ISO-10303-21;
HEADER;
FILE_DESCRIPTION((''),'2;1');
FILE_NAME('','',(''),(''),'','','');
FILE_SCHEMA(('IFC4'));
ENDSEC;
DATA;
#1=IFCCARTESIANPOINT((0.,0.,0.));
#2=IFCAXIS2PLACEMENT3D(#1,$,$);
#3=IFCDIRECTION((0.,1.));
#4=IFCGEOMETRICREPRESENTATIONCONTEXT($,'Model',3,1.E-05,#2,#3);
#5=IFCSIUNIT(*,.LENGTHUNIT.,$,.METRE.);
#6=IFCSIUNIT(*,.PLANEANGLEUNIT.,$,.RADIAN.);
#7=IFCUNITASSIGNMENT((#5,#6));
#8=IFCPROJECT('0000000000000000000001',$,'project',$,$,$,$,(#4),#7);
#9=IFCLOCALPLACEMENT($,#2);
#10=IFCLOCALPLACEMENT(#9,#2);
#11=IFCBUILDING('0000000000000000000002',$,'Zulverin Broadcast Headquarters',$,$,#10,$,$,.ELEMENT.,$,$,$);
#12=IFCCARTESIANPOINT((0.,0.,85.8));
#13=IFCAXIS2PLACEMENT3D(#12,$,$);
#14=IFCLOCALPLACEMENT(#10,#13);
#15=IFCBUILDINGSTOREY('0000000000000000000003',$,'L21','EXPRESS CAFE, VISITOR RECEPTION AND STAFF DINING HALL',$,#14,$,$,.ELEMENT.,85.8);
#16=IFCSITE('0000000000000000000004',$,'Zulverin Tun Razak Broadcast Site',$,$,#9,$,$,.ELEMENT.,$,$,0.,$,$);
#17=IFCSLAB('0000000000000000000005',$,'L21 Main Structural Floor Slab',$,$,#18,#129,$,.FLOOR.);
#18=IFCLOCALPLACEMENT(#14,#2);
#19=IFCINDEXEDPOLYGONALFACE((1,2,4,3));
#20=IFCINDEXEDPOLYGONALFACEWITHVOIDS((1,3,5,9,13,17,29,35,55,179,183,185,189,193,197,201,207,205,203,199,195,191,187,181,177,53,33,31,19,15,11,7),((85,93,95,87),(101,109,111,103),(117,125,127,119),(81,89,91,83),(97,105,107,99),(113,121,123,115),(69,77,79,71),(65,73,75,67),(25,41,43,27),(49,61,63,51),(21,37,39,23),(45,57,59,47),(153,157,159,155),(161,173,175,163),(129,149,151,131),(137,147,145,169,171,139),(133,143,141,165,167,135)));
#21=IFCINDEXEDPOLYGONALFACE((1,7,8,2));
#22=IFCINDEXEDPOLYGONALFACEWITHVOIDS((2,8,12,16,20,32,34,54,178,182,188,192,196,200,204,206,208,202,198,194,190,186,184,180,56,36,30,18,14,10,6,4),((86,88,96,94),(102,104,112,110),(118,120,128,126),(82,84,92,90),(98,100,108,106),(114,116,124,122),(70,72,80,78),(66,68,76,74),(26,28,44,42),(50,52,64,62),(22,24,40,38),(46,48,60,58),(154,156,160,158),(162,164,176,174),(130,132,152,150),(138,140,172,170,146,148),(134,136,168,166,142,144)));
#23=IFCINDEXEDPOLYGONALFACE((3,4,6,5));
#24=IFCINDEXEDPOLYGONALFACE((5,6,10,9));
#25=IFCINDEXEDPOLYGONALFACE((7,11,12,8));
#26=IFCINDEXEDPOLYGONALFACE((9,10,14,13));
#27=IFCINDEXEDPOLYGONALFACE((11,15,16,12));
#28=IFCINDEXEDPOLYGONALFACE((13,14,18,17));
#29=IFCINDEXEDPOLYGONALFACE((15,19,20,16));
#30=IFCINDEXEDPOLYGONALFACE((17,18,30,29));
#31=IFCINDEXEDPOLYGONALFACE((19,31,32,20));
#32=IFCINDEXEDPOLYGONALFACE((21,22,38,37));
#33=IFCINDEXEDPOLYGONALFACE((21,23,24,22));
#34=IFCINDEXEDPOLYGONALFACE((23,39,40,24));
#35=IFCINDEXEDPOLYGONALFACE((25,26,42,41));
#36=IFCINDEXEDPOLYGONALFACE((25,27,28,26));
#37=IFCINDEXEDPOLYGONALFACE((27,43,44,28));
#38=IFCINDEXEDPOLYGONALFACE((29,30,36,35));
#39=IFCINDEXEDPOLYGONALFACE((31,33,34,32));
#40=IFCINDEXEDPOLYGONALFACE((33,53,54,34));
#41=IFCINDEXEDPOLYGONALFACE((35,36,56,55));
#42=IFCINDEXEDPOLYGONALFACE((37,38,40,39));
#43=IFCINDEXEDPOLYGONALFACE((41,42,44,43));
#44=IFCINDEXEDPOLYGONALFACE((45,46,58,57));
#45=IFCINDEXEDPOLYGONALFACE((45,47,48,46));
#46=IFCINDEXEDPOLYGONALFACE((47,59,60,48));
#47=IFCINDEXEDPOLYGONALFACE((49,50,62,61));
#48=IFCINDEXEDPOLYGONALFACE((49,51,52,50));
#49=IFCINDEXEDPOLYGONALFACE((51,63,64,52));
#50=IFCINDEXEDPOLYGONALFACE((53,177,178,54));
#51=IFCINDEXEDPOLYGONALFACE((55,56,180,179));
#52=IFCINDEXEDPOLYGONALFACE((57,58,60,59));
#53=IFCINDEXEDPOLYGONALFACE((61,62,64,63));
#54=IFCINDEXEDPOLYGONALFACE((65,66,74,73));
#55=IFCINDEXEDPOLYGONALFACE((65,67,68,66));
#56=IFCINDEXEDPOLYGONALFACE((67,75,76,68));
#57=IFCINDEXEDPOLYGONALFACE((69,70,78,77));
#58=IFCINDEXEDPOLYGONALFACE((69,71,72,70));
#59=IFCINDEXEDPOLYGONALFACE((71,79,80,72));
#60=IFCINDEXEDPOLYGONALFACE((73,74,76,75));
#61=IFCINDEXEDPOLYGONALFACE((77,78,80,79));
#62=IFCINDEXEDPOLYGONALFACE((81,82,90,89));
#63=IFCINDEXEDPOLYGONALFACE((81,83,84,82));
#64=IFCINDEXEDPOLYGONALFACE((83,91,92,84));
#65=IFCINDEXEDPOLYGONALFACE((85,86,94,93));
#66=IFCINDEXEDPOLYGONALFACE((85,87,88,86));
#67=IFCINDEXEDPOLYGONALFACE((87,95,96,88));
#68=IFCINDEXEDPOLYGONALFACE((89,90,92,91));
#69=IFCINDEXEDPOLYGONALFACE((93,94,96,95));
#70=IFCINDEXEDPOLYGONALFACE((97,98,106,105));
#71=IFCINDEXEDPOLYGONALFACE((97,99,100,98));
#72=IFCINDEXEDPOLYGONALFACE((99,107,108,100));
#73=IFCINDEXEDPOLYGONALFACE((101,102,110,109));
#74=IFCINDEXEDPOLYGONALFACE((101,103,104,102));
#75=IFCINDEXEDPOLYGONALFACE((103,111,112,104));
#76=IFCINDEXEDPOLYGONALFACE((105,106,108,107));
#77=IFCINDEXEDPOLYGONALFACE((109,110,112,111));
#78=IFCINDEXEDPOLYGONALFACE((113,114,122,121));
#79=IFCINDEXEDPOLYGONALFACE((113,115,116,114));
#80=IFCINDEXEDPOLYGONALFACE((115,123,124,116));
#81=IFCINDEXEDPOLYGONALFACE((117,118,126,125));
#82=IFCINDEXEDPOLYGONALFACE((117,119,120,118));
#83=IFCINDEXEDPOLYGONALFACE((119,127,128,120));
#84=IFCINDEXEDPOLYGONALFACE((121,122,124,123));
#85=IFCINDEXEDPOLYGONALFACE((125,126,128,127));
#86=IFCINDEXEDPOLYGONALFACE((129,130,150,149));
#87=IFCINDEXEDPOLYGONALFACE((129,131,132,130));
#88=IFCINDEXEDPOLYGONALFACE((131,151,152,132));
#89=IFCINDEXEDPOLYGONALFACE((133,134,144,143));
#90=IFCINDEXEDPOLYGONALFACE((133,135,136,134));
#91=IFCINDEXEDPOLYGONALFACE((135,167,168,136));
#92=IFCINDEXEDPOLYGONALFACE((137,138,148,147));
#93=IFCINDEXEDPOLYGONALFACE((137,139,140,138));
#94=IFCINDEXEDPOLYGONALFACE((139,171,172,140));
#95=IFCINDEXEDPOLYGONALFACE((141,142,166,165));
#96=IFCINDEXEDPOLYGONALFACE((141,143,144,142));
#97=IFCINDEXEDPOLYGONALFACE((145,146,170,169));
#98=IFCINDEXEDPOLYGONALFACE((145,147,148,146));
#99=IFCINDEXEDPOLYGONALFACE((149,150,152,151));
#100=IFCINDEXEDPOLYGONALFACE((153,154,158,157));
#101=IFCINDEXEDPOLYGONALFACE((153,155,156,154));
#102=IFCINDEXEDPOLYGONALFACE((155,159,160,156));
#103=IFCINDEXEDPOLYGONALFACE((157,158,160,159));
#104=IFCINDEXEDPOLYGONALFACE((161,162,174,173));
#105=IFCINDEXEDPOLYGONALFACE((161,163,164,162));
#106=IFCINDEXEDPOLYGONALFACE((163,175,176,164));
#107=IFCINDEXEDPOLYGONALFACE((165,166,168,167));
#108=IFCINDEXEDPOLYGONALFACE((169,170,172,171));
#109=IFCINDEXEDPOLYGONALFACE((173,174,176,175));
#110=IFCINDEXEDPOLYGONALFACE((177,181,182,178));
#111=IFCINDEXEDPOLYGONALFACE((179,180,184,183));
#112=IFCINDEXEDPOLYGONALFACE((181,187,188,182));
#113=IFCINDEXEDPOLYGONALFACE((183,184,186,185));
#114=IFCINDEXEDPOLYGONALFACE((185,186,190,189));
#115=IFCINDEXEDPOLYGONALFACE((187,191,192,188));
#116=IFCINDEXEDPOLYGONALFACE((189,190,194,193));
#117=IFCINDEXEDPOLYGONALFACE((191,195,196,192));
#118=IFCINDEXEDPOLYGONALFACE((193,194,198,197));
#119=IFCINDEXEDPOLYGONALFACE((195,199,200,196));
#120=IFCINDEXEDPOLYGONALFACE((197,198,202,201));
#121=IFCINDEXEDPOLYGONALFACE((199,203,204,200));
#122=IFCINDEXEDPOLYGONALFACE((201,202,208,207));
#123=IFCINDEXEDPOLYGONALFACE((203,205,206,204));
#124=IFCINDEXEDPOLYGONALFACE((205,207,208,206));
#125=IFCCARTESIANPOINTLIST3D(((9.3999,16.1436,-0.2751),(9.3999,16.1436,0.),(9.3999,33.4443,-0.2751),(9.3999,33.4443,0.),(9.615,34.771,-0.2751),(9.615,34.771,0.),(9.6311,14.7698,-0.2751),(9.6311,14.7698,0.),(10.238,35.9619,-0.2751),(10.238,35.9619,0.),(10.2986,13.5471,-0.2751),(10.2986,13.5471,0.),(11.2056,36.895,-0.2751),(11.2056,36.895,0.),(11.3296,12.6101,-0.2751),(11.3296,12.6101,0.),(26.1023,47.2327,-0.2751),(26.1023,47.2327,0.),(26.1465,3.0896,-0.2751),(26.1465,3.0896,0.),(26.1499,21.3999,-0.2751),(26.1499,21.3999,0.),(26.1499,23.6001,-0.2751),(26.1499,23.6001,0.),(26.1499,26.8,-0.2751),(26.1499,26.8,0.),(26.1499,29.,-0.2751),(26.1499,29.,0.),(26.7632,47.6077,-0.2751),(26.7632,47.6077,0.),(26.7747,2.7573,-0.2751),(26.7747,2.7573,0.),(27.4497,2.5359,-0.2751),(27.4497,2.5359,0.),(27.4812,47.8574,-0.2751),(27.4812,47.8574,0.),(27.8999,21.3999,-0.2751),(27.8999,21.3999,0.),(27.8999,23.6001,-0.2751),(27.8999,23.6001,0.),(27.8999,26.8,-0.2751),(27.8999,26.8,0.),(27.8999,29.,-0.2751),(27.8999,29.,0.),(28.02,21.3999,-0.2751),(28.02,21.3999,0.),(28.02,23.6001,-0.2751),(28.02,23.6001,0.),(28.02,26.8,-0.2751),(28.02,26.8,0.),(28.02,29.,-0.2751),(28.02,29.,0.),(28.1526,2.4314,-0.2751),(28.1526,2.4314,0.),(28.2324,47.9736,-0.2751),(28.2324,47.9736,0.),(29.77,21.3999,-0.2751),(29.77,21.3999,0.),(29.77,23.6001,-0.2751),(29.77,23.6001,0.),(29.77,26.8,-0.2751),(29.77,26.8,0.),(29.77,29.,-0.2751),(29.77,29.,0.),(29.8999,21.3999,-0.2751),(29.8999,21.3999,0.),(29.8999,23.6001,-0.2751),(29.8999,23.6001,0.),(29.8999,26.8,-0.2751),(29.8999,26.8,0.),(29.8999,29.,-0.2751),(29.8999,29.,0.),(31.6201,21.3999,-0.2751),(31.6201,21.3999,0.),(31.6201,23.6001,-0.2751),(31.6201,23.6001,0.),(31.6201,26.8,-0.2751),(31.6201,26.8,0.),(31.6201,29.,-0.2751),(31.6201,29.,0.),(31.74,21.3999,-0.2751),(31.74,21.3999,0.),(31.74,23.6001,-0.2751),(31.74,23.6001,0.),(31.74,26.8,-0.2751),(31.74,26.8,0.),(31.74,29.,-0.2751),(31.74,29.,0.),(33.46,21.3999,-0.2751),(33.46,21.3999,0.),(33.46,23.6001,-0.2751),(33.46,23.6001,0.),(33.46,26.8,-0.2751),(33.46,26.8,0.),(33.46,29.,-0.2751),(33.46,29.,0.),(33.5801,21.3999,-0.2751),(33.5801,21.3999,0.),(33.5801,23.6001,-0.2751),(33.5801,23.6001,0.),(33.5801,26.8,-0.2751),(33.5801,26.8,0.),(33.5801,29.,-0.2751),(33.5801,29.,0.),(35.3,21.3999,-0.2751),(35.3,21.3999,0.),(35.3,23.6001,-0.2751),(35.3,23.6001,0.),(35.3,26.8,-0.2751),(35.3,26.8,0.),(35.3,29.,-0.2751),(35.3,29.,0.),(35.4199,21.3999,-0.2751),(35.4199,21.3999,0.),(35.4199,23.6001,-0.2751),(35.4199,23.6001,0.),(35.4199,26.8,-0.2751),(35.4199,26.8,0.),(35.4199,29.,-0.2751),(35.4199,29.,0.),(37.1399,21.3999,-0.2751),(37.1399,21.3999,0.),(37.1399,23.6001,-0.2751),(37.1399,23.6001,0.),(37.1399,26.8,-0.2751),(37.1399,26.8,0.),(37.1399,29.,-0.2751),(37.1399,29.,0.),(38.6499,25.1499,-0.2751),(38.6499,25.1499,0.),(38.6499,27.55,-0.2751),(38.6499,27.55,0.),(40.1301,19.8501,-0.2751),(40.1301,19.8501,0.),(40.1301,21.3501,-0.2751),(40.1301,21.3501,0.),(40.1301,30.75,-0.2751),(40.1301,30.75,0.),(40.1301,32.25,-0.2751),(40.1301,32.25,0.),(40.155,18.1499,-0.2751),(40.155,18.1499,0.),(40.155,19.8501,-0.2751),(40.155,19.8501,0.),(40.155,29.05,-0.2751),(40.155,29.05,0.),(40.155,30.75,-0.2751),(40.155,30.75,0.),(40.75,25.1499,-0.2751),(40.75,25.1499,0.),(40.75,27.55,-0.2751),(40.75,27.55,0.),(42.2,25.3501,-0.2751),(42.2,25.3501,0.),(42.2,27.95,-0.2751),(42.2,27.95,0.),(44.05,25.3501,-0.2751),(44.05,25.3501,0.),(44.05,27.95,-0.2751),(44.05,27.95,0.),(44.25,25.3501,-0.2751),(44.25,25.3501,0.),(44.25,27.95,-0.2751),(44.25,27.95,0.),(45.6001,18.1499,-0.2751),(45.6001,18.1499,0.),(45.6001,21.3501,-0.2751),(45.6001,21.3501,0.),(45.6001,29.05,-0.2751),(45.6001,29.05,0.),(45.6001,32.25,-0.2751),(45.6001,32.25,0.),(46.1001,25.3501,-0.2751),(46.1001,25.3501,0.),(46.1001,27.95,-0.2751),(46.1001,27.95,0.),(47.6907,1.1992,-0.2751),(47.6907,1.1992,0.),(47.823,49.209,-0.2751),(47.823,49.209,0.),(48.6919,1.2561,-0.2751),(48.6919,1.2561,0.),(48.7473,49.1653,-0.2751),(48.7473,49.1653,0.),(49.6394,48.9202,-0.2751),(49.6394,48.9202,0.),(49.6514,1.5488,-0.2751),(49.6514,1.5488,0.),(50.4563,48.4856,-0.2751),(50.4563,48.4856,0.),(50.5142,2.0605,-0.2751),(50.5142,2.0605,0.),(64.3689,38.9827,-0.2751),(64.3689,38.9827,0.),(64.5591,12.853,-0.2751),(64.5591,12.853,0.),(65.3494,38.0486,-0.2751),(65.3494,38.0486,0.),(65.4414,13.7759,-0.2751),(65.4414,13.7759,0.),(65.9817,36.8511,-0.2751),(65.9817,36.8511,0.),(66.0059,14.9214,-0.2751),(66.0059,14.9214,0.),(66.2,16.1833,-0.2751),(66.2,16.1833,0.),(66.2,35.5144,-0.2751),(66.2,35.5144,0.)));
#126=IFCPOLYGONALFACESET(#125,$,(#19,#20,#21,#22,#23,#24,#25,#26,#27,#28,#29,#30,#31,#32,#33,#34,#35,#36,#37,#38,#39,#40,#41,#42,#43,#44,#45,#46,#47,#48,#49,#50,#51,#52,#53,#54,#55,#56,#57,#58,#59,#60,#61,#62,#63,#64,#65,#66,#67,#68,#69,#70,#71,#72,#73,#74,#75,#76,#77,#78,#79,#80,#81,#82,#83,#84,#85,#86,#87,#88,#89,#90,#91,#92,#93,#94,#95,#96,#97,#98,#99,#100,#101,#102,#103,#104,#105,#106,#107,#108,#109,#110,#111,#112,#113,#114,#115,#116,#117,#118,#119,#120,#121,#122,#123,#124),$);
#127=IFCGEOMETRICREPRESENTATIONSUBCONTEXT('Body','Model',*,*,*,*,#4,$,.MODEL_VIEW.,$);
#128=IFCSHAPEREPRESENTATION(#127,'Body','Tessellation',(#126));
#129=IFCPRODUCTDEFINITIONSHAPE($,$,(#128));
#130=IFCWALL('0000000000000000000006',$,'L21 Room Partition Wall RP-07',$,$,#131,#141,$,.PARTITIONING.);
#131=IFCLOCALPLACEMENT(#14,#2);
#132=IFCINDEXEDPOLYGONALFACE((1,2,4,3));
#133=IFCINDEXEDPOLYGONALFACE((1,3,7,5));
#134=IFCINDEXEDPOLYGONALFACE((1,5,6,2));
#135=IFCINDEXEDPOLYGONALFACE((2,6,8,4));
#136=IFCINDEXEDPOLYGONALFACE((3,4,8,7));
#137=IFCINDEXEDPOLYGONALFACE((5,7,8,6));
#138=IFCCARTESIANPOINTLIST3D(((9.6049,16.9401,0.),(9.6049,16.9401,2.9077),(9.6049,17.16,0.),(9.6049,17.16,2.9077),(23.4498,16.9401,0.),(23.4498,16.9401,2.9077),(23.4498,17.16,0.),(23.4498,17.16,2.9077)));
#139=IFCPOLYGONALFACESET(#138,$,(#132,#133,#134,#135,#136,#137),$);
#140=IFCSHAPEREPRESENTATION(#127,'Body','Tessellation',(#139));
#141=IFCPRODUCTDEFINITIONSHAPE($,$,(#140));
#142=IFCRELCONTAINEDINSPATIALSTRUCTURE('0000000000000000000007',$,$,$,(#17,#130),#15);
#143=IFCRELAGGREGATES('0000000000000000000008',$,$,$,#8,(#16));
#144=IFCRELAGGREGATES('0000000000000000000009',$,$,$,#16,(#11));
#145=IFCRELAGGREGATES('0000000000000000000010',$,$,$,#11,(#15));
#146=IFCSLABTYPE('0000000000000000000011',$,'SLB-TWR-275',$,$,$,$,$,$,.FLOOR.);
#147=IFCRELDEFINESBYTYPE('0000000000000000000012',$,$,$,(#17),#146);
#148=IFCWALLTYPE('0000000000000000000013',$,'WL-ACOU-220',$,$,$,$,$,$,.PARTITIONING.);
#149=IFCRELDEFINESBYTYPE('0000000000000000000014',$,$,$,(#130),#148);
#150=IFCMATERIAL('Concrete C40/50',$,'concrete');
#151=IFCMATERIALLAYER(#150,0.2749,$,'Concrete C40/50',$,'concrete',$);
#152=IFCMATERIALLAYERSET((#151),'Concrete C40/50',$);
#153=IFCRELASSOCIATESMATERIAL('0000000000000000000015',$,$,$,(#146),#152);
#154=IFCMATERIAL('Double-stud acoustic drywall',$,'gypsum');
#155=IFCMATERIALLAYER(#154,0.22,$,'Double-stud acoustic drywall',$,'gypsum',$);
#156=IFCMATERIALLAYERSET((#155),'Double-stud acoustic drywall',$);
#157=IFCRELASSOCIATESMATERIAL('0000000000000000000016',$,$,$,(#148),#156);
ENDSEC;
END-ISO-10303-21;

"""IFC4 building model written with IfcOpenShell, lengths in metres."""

from ifc_helpers import new_model, si_unit, direction, frame, frame_2d, origin, place, context, subcontext, project, spatial, polyline, rectangle, outline, extrude, material, layer, layer_set, type_object, element, save


model = new_model("IFC4")

# Units and contexts
model_context = context("Model", 3, precision=1e-05, world=origin(), true_north=direction((0.0, 1.0)))
body_context = subcontext(model_context, "Body", "Model", "MODEL_VIEW")
ifc_project = project(units=[si_unit("LENGTHUNIT", "METRE"), si_unit("PLANEANGLEUNIT", "RADIAN")], contexts=[model_context])

# Site, building, storey
site_placement = place(None, origin())
site = spatial("IfcSite", under=ifc_project, at=site_placement, Name="Zulverin Tun Razak Broadcast Site", CompositionType="ELEMENT", RefElevation=0.0)
building_placement = place(site_placement, origin())
building = spatial("IfcBuilding", under=site, at=building_placement, Name="Zulverin Broadcast Headquarters", CompositionType="ELEMENT")
storey_placement = place(building_placement, frame((0.0, 0.0, 85.8)))
storey = spatial("IfcBuildingStorey", under=building, at=storey_placement, Name="L21", Description="EXPRESS CAFE, VISITOR RECEPTION AND STAFF DINING HALL", CompositionType="ELEMENT", Elevation=85.8)

# Shared definitions
ifc_material_1 = material(Name="Concrete C40/50", Category="concrete")

# Slab
ifc_layer_1 = layer(ifc_material_1, 0.2749, Name="Concrete C40/50", Category="concrete")
ifc_layer_set_1 = layer_set([ifc_layer_1], Name="Concrete C40/50")
slab_type_1 = type_object("IfcSlabType", Name="SLB-TWR-275", PredefinedType="FLOOR", material=ifc_layer_set_1)
slab_1_placement = place(storey_placement, frame((0.0, 0.0, -0.2751)))
element("IfcSlab", 1, at=slab_1_placement, inside=storey, type_object=slab_type_1, Name="L21 Main Structural Floor Slab", PredefinedType="FLOOR", context=body_context, shape_type="SweptSolid", body=[
    extrude(outline(polyline([(26.1465, 3.0896), (26.7747, 2.7573), (27.4497, 2.5359), (28.1526, 2.4314), (47.6907, 1.1992), (48.6919, 1.2561), (49.6514, 1.5488), (50.5142, 2.0605), (64.5591, 12.853), (65.4414, 13.7759), (66.0059, 14.9214), (66.2, 16.1833), (66.2, 35.5144), (65.9817, 36.8511), (65.3494, 38.0486), (64.3689, 38.9827), (50.4563, 48.4856), (49.6394, 48.9202), (48.7473, 49.1653), (47.823, 49.209), (28.2324, 47.9736), (27.4812, 47.8574), (26.7632, 47.6077), (26.1023, 47.2327), (11.2056, 36.895), (10.238, 35.9619), (9.615, 34.771), (9.3999, 33.4443), (9.3999, 16.1436), (9.6311, 14.7698), (10.2986, 13.5471), (11.3296, 12.6101), (26.1465, 3.0896)]), holes=[polyline([(40.155, 30.75), (40.1301, 30.75), (40.1301, 32.25), (45.6001, 32.25), (45.6001, 29.05), (40.155, 29.05), (40.155, 30.75)]), polyline([(40.155, 19.8501), (40.1301, 19.8501), (40.1301, 21.3501), (45.6001, 21.3501), (45.6001, 18.1499), (40.155, 18.1499), (40.155, 19.8501)]), polyline([(26.1499, 26.8), (27.8999, 26.8), (27.8999, 29.0), (26.1499, 29.0), (26.1499, 26.8)]), polyline([(28.02, 26.8), (29.77, 26.8), (29.77, 29.0), (28.02, 29.0), (28.02, 26.8)]), polyline([(26.1499, 21.3999), (27.8999, 21.3999), (27.8999, 23.6001), (26.1499, 23.6001), (26.1499, 21.3999)]), polyline([(28.02, 21.3999), (29.77, 21.3999), (29.77, 23.6001), (28.02, 23.6001), (28.02, 21.3999)]), polyline([(29.8999, 21.3999), (31.6201, 21.3999), (31.6201, 23.6001), (29.8999, 23.6001), (29.8999, 21.3999)]), polyline([(31.74, 21.3999), (33.46, 21.3999), (33.46, 23.6001), (31.74, 23.6001), (31.74, 21.3999)]), polyline([(33.5801, 21.3999), (35.3, 21.3999), (35.3, 23.6001), (33.5801, 23.6001), (33.5801, 21.3999)]), polyline([(35.4199, 21.3999), (37.1399, 21.3999), (37.1399, 23.6001), (35.4199, 23.6001), (35.4199, 21.3999)]), polyline([(29.8999, 26.8), (31.6201, 26.8), (31.6201, 29.0), (29.8999, 29.0), (29.8999, 26.8)]), polyline([(31.74, 26.8), (33.46, 26.8), (33.46, 29.0), (31.74, 29.0), (31.74, 26.8)]), polyline([(33.5801, 26.8), (35.3, 26.8), (35.3, 29.0), (33.5801, 29.0), (33.5801, 26.8)]), polyline([(35.4199, 26.8), (37.1399, 26.8), (37.1399, 29.0), (35.4199, 29.0), (35.4199, 26.8)]), polyline([(42.2, 25.3501), (44.05, 25.3501), (44.05, 27.95), (42.2, 27.95), (42.2, 25.3501)]), polyline([(44.25, 25.3501), (46.1001, 25.3501), (46.1001, 27.95), (44.25, 27.95), (44.25, 25.3501)]), polyline([(38.6499, 25.1499), (40.75, 25.1499), (40.75, 27.55), (38.6499, 27.55), (38.6499, 25.1499)])]), origin(), (0.0, 0.0, 1.0), 0.2751),
])

# Wall
ifc_material_2 = material(Name="Double-stud acoustic drywall", Category="gypsum")
ifc_layer_2 = layer(ifc_material_2, 0.22, Name="Double-stud acoustic drywall", Category="gypsum")
ifc_layer_set_2 = layer_set([ifc_layer_2], Name="Double-stud acoustic drywall")
wall_type_1 = type_object("IfcWallType", Name="WL-ACOU-220", PredefinedType="PARTITIONING", material=ifc_layer_set_2)
wall_1_placement = place(storey_placement, frame((9.605, 17.05, 0.0), z_axis=(0.0, 0.0, 1.0), x_axis=(1.0, 0.0, 0.0)))
element("IfcWall", 2, at=wall_1_placement, inside=storey, type_object=wall_type_1, Name="L21 Room Partition Wall RP-07", PredefinedType="PARTITIONING", context=body_context, shape_type="SweptSolid", body=[
    extrude(rectangle(XDim=13.845, YDim=0.22, at=frame_2d((6.9224, 0.0))), origin(), (0.0, 0.0, 1.0), 2.9077),
])

save(model, "model.ifc")
